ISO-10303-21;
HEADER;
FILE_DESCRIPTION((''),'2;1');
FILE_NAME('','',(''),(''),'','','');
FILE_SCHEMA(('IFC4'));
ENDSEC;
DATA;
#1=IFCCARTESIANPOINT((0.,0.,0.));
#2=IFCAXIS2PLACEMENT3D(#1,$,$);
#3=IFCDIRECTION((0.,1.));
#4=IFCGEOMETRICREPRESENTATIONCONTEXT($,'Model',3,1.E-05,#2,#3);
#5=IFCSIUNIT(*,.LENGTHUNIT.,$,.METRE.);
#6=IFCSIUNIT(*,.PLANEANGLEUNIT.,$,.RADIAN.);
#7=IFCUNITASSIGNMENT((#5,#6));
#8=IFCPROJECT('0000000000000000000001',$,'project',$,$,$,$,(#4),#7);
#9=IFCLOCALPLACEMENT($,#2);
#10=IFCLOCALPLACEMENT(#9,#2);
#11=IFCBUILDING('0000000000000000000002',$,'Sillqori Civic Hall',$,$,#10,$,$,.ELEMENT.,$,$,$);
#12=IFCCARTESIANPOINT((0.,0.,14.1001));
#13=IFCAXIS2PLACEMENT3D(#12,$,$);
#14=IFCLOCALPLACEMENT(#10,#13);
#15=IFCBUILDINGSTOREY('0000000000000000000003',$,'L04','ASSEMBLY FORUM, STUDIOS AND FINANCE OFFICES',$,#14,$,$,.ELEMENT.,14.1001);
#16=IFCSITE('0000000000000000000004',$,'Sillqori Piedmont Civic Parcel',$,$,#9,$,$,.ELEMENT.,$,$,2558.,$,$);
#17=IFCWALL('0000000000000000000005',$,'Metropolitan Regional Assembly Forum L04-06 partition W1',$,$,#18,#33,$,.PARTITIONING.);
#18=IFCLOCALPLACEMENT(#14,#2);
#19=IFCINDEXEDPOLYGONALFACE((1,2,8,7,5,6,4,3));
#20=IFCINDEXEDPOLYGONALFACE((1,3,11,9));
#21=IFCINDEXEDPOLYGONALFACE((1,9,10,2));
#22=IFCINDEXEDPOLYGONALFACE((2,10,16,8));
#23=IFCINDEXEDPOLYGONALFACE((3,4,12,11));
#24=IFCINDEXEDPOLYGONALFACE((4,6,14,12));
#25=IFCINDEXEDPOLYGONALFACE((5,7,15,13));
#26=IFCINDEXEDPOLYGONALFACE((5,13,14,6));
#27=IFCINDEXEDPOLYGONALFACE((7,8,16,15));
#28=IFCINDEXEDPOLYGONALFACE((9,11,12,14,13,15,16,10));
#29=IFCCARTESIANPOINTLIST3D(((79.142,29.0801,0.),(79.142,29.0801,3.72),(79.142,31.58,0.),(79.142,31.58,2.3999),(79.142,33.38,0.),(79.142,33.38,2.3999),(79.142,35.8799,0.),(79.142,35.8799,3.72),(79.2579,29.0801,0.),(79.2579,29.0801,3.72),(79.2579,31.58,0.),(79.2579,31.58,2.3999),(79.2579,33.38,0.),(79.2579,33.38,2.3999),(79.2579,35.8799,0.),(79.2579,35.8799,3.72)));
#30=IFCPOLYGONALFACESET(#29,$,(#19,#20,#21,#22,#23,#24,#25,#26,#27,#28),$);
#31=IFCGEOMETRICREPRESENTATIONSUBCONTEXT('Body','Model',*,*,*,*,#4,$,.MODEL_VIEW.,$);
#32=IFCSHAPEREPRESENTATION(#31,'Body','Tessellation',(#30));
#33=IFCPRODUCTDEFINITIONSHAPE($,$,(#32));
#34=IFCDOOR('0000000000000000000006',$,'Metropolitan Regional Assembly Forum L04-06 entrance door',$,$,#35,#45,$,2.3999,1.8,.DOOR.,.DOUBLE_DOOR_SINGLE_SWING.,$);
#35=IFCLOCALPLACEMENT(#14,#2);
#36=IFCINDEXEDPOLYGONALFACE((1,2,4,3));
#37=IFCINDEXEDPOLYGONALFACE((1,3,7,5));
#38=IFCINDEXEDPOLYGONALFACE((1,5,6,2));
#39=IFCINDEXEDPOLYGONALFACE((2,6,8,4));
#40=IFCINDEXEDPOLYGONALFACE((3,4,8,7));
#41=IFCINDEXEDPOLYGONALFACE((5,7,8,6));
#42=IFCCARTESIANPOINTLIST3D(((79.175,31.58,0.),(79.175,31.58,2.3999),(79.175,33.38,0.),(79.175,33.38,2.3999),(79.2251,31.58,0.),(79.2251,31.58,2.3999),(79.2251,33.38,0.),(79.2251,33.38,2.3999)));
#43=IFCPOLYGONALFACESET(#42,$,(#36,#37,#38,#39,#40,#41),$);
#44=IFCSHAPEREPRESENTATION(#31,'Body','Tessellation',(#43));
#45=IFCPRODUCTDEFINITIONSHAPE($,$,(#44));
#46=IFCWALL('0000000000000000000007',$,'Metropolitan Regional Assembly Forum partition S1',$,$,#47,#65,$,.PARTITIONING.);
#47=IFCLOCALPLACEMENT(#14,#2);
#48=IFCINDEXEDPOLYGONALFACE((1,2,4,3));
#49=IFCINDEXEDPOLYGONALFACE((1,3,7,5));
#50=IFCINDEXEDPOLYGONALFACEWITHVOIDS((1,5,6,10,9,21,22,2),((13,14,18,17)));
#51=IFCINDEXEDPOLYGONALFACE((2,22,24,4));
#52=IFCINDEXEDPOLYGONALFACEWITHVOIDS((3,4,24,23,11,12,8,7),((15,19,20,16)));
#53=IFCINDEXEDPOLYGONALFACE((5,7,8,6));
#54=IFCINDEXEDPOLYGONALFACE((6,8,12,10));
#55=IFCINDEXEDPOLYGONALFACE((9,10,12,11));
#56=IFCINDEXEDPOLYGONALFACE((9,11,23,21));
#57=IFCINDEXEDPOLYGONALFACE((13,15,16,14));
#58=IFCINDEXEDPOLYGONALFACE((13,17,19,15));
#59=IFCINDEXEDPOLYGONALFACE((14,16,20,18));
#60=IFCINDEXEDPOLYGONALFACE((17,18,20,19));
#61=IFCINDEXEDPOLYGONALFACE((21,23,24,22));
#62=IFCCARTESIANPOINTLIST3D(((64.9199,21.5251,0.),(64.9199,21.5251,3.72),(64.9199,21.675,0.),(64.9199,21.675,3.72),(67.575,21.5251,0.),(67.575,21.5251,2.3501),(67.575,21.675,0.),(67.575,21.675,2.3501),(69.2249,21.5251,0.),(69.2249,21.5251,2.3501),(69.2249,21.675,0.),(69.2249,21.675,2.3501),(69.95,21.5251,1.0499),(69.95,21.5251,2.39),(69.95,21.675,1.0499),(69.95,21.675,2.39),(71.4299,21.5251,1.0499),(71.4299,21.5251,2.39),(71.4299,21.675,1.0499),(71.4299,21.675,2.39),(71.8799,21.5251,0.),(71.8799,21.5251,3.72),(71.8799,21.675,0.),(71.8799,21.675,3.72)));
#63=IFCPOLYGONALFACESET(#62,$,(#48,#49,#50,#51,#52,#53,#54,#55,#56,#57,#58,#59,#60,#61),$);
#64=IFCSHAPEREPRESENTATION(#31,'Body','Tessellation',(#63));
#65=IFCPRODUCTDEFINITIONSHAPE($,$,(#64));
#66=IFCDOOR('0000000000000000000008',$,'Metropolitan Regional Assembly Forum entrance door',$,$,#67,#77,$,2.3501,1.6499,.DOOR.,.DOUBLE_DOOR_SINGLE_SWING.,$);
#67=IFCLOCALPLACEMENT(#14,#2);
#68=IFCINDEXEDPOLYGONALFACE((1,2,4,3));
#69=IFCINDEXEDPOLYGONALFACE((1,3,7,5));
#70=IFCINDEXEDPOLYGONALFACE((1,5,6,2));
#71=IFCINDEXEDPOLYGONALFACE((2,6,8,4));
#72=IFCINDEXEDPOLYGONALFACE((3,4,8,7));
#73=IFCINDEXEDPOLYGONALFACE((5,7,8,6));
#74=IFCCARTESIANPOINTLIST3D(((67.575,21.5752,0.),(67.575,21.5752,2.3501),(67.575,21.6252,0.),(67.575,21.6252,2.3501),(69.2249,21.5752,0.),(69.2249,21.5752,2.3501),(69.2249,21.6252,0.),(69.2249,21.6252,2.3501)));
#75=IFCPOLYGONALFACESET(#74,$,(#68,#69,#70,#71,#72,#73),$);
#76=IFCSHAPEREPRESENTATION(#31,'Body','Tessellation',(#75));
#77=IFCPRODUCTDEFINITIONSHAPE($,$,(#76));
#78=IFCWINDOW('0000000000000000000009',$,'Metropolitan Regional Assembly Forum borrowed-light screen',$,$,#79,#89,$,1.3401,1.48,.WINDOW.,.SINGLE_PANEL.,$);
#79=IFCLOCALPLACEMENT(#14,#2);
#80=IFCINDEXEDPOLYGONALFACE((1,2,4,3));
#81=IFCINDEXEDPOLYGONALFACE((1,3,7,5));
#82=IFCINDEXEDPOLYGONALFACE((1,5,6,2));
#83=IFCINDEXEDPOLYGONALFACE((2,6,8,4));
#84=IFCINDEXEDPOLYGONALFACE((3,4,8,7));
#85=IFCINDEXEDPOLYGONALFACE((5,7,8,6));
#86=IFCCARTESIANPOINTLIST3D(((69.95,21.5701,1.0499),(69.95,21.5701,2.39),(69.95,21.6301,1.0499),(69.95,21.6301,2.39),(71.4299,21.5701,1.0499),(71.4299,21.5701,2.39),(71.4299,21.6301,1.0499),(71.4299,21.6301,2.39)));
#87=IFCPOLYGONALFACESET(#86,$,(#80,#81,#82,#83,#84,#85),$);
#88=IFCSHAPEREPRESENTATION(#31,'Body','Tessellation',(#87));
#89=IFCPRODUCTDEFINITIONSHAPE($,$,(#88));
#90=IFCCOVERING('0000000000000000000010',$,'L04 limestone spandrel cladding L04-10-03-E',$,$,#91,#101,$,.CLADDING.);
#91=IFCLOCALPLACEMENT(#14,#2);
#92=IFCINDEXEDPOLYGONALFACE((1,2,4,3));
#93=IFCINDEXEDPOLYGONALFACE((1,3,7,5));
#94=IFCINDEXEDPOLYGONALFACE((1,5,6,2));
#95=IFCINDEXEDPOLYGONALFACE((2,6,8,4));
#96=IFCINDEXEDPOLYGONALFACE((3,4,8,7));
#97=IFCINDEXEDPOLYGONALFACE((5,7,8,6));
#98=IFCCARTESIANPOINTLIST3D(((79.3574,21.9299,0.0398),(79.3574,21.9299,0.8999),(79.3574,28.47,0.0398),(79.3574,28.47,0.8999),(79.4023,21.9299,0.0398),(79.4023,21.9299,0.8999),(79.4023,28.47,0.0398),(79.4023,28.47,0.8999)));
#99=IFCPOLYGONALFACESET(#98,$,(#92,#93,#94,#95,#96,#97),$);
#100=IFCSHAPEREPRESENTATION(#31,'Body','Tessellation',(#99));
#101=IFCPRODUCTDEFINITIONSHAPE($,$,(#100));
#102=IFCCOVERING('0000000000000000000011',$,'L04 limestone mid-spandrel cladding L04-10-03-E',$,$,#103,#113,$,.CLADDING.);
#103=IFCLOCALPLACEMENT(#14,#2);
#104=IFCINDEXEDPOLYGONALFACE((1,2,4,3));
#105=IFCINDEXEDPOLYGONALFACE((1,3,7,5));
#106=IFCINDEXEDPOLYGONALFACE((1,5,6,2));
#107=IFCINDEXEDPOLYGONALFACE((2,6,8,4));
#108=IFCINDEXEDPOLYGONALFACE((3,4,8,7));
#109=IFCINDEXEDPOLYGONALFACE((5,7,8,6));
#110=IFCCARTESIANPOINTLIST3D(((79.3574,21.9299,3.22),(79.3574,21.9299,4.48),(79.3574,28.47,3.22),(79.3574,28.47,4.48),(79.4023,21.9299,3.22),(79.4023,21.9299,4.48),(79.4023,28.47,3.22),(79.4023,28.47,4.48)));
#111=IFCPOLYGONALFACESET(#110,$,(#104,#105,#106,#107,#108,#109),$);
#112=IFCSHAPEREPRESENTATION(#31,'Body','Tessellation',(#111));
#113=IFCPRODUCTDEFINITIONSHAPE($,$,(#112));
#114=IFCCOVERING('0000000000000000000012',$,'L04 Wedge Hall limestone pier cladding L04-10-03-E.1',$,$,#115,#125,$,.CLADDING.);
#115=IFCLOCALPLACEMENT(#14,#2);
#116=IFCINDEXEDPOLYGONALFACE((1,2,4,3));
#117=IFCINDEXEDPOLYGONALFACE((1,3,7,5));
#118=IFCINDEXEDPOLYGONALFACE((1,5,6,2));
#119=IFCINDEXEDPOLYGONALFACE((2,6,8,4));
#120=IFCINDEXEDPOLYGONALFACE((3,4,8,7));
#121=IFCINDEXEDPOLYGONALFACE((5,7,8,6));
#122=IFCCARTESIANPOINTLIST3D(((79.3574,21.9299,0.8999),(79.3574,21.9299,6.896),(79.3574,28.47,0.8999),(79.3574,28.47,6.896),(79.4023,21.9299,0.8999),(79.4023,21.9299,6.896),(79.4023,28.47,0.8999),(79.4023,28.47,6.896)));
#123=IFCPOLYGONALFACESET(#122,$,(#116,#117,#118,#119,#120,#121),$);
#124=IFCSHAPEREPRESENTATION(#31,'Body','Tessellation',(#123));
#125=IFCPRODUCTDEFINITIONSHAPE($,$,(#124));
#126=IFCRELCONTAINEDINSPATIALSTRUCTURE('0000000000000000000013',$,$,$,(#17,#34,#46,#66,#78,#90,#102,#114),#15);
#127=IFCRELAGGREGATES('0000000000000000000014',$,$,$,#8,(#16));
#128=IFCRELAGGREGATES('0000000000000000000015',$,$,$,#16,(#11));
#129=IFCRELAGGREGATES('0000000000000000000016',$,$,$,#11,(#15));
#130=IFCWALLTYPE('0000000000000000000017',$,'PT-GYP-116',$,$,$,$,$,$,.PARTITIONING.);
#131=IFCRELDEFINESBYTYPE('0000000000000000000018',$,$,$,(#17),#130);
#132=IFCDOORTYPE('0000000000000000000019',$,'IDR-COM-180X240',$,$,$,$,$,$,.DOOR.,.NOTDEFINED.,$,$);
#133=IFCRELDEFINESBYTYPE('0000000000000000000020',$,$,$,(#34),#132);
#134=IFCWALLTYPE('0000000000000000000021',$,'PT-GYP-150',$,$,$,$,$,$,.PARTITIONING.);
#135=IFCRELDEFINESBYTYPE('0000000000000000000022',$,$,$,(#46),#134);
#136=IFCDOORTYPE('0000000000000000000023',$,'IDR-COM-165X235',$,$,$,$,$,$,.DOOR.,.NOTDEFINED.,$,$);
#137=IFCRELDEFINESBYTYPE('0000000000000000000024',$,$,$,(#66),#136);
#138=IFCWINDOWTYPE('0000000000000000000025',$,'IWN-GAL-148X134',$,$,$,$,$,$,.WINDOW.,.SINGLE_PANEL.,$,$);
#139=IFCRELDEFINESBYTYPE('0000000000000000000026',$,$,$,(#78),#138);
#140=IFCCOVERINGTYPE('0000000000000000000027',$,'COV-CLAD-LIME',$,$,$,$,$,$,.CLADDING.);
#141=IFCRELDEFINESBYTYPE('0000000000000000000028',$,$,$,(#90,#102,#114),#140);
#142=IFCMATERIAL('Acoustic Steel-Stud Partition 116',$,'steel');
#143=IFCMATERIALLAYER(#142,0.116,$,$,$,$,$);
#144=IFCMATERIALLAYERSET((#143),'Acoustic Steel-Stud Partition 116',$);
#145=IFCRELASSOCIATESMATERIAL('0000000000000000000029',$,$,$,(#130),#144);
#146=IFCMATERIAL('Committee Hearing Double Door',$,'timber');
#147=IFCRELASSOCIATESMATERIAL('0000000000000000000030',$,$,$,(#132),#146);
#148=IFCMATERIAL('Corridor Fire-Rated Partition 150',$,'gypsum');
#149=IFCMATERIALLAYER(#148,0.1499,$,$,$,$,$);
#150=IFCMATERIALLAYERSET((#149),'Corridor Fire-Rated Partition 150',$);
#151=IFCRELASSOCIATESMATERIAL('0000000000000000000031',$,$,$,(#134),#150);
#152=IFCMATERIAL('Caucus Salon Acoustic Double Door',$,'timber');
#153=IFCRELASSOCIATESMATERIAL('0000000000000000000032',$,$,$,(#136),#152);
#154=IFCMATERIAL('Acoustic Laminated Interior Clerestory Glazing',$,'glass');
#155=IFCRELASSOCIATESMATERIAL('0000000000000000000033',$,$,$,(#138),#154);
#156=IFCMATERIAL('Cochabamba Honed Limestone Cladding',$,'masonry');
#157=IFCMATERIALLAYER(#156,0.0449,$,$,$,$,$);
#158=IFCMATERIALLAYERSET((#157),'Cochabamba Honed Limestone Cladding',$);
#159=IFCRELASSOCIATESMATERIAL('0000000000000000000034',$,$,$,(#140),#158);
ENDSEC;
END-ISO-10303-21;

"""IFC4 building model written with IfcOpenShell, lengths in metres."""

from ifc_helpers import new_model, si_unit, direction, frame, frame_2d, origin, place, context, subcontext, project, spatial, rectangle, extrude, material, layer, layer_set, type_object, element, fill, save


model = new_model("IFC4")

# Units and contexts
model_context = context("Model", 3, precision=1e-05, world=origin(), true_north=direction((0.0, 1.0)))
body_context = subcontext(model_context, "Body", "Model", "MODEL_VIEW")
ifc_project = project(units=[si_unit("LENGTHUNIT", "METRE"), si_unit("PLANEANGLEUNIT", "RADIAN")], contexts=[model_context])

# Site, building, storey
site_placement = place(None, origin())
site = spatial("IfcSite", under=ifc_project, at=site_placement, Name="Sillqori Piedmont Civic Parcel", CompositionType="ELEMENT", RefElevation=2558.0)
building_placement = place(site_placement, origin())
building = spatial("IfcBuilding", under=site, at=building_placement, Name="Sillqori Civic Hall", CompositionType="ELEMENT")
storey_placement = place(building_placement, frame((0.0, 0.0, 14.1001)))
storey = spatial("IfcBuildingStorey", under=building, at=storey_placement, Name="L04", Description="ASSEMBLY FORUM, STUDIOS AND FINANCE OFFICES", CompositionType="ELEMENT", Elevation=14.1001)

# Wall, opening, door
ifc_material_1 = material(Name="Acoustic Steel-Stud Partition 116", Category="steel")
ifc_layer_1 = layer(ifc_material_1, 0.116)
ifc_layer_set_1 = layer_set([ifc_layer_1], Name="Acoustic Steel-Stud Partition 116")
wall_type_1 = type_object("IfcWallType", Name="PT-GYP-116", PredefinedType="PARTITIONING", material=ifc_layer_set_1)
wall_1_placement = place(storey_placement, frame((79.2, 29.0801, 0.0), z_axis=(0.0, 0.0, 1.0), x_axis=(0.0, 1.0, 0.0)))
wall_1 = element("IfcWall", 1, at=wall_1_placement, inside=storey, type_object=wall_type_1, Name="Metropolitan Regional Assembly Forum L04-06 partition W1", PredefinedType="PARTITIONING", context=body_context, shape_type="SweptSolid", body=[
    extrude(rectangle(XDim=6.7998, YDim=0.116, at=frame_2d((3.3999, 0.0))), origin(), (0.0, 0.0, 1.0), 3.72),
])
opening_1_placement = place(wall_1_placement, frame((2.5, 0.0, 0.0)))
opening_1 = element("IfcOpeningElement", 2, at=opening_1_placement, cuts=wall_1, PredefinedType="OPENING", context=body_context, shape_type="SweptSolid", body=[
    extrude(rectangle(XDim=1.8, YDim=2.3999, at=frame_2d((0.8999, 1.2))), frame((0.0, 0.0679, 0.0), z_axis=(0.0, -1.0, 0.0), x_axis=(1.0, 0.0, 0.0)), (0.0, 0.0, 1.0), 0.136),
])
ifc_material_2 = material(Name="Committee Hearing Double Door", Category="timber")
door_type_1 = type_object("IfcDoorType", Name="IDR-COM-180X240", OperationType="NOTDEFINED", PredefinedType="DOOR", material=ifc_material_2)
door_1_placement = place(opening_1_placement, origin())
door_1 = element("IfcDoor", 3, at=door_1_placement, inside=storey, type_object=door_type_1, Name="Metropolitan Regional Assembly Forum L04-06 entrance door", OperationType="DOUBLE_DOOR_SINGLE_SWING", OverallHeight=2.3999, OverallWidth=1.8, PredefinedType="DOOR", context=body_context, shape_type="SweptSolid", body=[
    extrude(rectangle(XDim=1.8, YDim=2.3999, at=frame_2d((0.8999, 1.2))), frame((0.0, 0.0249, 0.0), z_axis=(0.0, -1.0, 0.0), x_axis=(1.0, 0.0, 0.0)), (0.0, 0.0, 1.0), 0.05),
])
fill(opening_1, door_1)

# Wall, openings, door, window
ifc_material_3 = material(Name="Corridor Fire-Rated Partition 150", Category="gypsum")
ifc_layer_2 = layer(ifc_material_3, 0.1499)
ifc_layer_set_2 = layer_set([ifc_layer_2], Name="Corridor Fire-Rated Partition 150")
wall_type_2 = type_object("IfcWallType", Name="PT-GYP-150", PredefinedType="PARTITIONING", material=ifc_layer_set_2)
wall_2_placement = place(storey_placement, frame((71.8799, 21.6001, 0.0), z_axis=(0.0, 0.0, 1.0), x_axis=(-1.0, 0.0, 0.0)))
wall_2 = element("IfcWall", 4, at=wall_2_placement, inside=storey, type_object=wall_type_2, Name="Metropolitan Regional Assembly Forum partition S1", PredefinedType="PARTITIONING", context=body_context, shape_type="SweptSolid", body=[
    extrude(rectangle(XDim=6.96, YDim=0.1499, at=frame_2d((3.48, 0.0))), origin(), (0.0, 0.0, 1.0), 3.72),
])
opening_2_placement = place(wall_2_placement, frame((2.655, 0.0, 0.0)))
opening_2 = element("IfcOpeningElement", 5, at=opening_2_placement, cuts=wall_2, PredefinedType="OPENING", context=body_context, shape_type="SweptSolid", body=[
    extrude(rectangle(XDim=1.6499, YDim=2.3501, at=frame_2d((0.825, 1.175))), frame((0.0, 0.085, 0.0), z_axis=(0.0, -1.0, 0.0), x_axis=(1.0, 0.0, 0.0)), (0.0, 0.0, 1.0), 0.1699),
])
opening_3_placement = place(wall_2_placement, frame((0.45, 0.0, 1.05)))
opening_3 = element("IfcOpeningElement", 6, at=opening_3_placement, cuts=wall_2, PredefinedType="OPENING", context=body_context, shape_type="SweptSolid", body=[
    extrude(rectangle(XDim=1.48, YDim=1.3401, at=frame_2d((0.74, 0.6699))), frame((0.0, 0.085, 0.0), z_axis=(0.0, -1.0, 0.0), x_axis=(1.0, 0.0, 0.0)), (0.0, 0.0, 1.0), 0.1699),
])
ifc_material_4 = material(Name="Caucus Salon Acoustic Double Door", Category="timber")
door_type_2 = type_object("IfcDoorType", Name="IDR-COM-165X235", OperationType="NOTDEFINED", PredefinedType="DOOR", material=ifc_material_4)
door_2_placement = place(opening_2_placement, origin())
door_2 = element("IfcDoor", 7, at=door_2_placement, inside=storey, type_object=door_type_2, Name="Metropolitan Regional Assembly Forum entrance door", OperationType="DOUBLE_DOOR_SINGLE_SWING", OverallHeight=2.3501, OverallWidth=1.6499, PredefinedType="DOOR", context=body_context, shape_type="SweptSolid", body=[
    extrude(rectangle(XDim=1.6499, YDim=2.3501, at=frame_2d((0.825, 1.175))), frame((0.0, 0.0249, 0.0), z_axis=(0.0, -1.0, 0.0), x_axis=(1.0, 0.0, 0.0)), (0.0, 0.0, 1.0), 0.05),
])
fill(opening_2, door_2)
ifc_material_5 = material(Name="Acoustic Laminated Interior Clerestory Glazing", Category="glass")
window_type = type_object("IfcWindowType", Name="IWN-GAL-148X134", PartitioningType="SINGLE_PANEL", PredefinedType="WINDOW", material=ifc_material_5)
window_placement = place(opening_3_placement, origin())
window = element("IfcWindow", 8, at=window_placement, inside=storey, type_object=window_type, Name="Metropolitan Regional Assembly Forum borrowed-light screen", OverallHeight=1.3401, OverallWidth=1.48, PartitioningType="SINGLE_PANEL", PredefinedType="WINDOW", context=body_context, shape_type="SweptSolid", body=[
    extrude(rectangle(XDim=1.48, YDim=1.3401, at=frame_2d((0.74, 0.6699))), frame((0.0, 0.03, 0.0), z_axis=(0.0, -1.0, 0.0), x_axis=(1.0, 0.0, 0.0)), (0.0, 0.0, 1.0), 0.0601),
])
fill(opening_3, window)

# Coverings
ifc_material_6 = material(Name="Cochabamba Honed Limestone Cladding", Category="masonry")
ifc_layer_3 = layer(ifc_material_6, 0.0449)
ifc_layer_set_3 = layer_set([ifc_layer_3], Name="Cochabamba Honed Limestone Cladding")
covering_type = type_object("IfcCoveringType", Name="COV-CLAD-LIME", PredefinedType="CLADDING", material=ifc_layer_set_3)
covering_1_placement = place(storey_placement, frame((79.3799, 28.47, 0.0398), z_axis=(0.0, 0.0, 1.0), x_axis=(0.0, -1.0, 0.0)))
element("IfcCovering", 9, at=covering_1_placement, inside=storey, type_object=covering_type, Name="L04 limestone spandrel cladding L04-10-03-E", PredefinedType="CLADDING", context=body_context, shape_type="SweptSolid", body=[
    extrude(rectangle(XDim=6.54, YDim=0.0449, at=frame_2d((3.27, 0.0))), origin(), (0.0, 0.0, 1.0), 0.8601),
])
covering_2_placement = place(storey_placement, frame((79.3799, 28.47, 3.22), z_axis=(0.0, 0.0, 1.0), x_axis=(0.0, -1.0, 0.0)))
element("IfcCovering", 10, at=covering_2_placement, inside=storey, type_object=covering_type, Name="L04 limestone mid-spandrel cladding L04-10-03-E", PredefinedType="CLADDING", context=body_context, shape_type="SweptSolid", body=[
    extrude(rectangle(XDim=6.54, YDim=0.0449, at=frame_2d((3.27, 0.0))), origin(), (0.0, 0.0, 1.0), 1.26),
])
covering_3_placement = place(storey_placement, frame((79.3799, 28.47, 0.8999), z_axis=(0.0, 0.0, 1.0), x_axis=(0.0, -1.0, 0.0)))
element("IfcCovering", 11, at=covering_3_placement, inside=storey, type_object=covering_type, Name="L04 Wedge Hall limestone pier cladding L04-10-03-E.1", PredefinedType="CLADDING", context=body_context, shape_type="SweptSolid", body=[
    extrude(rectangle(XDim=6.54, YDim=0.0449, at=frame_2d((3.27, 0.0))), origin(), (0.0, 0.0, 1.0), 5.9961),
])

save(model, "model.ifc")
